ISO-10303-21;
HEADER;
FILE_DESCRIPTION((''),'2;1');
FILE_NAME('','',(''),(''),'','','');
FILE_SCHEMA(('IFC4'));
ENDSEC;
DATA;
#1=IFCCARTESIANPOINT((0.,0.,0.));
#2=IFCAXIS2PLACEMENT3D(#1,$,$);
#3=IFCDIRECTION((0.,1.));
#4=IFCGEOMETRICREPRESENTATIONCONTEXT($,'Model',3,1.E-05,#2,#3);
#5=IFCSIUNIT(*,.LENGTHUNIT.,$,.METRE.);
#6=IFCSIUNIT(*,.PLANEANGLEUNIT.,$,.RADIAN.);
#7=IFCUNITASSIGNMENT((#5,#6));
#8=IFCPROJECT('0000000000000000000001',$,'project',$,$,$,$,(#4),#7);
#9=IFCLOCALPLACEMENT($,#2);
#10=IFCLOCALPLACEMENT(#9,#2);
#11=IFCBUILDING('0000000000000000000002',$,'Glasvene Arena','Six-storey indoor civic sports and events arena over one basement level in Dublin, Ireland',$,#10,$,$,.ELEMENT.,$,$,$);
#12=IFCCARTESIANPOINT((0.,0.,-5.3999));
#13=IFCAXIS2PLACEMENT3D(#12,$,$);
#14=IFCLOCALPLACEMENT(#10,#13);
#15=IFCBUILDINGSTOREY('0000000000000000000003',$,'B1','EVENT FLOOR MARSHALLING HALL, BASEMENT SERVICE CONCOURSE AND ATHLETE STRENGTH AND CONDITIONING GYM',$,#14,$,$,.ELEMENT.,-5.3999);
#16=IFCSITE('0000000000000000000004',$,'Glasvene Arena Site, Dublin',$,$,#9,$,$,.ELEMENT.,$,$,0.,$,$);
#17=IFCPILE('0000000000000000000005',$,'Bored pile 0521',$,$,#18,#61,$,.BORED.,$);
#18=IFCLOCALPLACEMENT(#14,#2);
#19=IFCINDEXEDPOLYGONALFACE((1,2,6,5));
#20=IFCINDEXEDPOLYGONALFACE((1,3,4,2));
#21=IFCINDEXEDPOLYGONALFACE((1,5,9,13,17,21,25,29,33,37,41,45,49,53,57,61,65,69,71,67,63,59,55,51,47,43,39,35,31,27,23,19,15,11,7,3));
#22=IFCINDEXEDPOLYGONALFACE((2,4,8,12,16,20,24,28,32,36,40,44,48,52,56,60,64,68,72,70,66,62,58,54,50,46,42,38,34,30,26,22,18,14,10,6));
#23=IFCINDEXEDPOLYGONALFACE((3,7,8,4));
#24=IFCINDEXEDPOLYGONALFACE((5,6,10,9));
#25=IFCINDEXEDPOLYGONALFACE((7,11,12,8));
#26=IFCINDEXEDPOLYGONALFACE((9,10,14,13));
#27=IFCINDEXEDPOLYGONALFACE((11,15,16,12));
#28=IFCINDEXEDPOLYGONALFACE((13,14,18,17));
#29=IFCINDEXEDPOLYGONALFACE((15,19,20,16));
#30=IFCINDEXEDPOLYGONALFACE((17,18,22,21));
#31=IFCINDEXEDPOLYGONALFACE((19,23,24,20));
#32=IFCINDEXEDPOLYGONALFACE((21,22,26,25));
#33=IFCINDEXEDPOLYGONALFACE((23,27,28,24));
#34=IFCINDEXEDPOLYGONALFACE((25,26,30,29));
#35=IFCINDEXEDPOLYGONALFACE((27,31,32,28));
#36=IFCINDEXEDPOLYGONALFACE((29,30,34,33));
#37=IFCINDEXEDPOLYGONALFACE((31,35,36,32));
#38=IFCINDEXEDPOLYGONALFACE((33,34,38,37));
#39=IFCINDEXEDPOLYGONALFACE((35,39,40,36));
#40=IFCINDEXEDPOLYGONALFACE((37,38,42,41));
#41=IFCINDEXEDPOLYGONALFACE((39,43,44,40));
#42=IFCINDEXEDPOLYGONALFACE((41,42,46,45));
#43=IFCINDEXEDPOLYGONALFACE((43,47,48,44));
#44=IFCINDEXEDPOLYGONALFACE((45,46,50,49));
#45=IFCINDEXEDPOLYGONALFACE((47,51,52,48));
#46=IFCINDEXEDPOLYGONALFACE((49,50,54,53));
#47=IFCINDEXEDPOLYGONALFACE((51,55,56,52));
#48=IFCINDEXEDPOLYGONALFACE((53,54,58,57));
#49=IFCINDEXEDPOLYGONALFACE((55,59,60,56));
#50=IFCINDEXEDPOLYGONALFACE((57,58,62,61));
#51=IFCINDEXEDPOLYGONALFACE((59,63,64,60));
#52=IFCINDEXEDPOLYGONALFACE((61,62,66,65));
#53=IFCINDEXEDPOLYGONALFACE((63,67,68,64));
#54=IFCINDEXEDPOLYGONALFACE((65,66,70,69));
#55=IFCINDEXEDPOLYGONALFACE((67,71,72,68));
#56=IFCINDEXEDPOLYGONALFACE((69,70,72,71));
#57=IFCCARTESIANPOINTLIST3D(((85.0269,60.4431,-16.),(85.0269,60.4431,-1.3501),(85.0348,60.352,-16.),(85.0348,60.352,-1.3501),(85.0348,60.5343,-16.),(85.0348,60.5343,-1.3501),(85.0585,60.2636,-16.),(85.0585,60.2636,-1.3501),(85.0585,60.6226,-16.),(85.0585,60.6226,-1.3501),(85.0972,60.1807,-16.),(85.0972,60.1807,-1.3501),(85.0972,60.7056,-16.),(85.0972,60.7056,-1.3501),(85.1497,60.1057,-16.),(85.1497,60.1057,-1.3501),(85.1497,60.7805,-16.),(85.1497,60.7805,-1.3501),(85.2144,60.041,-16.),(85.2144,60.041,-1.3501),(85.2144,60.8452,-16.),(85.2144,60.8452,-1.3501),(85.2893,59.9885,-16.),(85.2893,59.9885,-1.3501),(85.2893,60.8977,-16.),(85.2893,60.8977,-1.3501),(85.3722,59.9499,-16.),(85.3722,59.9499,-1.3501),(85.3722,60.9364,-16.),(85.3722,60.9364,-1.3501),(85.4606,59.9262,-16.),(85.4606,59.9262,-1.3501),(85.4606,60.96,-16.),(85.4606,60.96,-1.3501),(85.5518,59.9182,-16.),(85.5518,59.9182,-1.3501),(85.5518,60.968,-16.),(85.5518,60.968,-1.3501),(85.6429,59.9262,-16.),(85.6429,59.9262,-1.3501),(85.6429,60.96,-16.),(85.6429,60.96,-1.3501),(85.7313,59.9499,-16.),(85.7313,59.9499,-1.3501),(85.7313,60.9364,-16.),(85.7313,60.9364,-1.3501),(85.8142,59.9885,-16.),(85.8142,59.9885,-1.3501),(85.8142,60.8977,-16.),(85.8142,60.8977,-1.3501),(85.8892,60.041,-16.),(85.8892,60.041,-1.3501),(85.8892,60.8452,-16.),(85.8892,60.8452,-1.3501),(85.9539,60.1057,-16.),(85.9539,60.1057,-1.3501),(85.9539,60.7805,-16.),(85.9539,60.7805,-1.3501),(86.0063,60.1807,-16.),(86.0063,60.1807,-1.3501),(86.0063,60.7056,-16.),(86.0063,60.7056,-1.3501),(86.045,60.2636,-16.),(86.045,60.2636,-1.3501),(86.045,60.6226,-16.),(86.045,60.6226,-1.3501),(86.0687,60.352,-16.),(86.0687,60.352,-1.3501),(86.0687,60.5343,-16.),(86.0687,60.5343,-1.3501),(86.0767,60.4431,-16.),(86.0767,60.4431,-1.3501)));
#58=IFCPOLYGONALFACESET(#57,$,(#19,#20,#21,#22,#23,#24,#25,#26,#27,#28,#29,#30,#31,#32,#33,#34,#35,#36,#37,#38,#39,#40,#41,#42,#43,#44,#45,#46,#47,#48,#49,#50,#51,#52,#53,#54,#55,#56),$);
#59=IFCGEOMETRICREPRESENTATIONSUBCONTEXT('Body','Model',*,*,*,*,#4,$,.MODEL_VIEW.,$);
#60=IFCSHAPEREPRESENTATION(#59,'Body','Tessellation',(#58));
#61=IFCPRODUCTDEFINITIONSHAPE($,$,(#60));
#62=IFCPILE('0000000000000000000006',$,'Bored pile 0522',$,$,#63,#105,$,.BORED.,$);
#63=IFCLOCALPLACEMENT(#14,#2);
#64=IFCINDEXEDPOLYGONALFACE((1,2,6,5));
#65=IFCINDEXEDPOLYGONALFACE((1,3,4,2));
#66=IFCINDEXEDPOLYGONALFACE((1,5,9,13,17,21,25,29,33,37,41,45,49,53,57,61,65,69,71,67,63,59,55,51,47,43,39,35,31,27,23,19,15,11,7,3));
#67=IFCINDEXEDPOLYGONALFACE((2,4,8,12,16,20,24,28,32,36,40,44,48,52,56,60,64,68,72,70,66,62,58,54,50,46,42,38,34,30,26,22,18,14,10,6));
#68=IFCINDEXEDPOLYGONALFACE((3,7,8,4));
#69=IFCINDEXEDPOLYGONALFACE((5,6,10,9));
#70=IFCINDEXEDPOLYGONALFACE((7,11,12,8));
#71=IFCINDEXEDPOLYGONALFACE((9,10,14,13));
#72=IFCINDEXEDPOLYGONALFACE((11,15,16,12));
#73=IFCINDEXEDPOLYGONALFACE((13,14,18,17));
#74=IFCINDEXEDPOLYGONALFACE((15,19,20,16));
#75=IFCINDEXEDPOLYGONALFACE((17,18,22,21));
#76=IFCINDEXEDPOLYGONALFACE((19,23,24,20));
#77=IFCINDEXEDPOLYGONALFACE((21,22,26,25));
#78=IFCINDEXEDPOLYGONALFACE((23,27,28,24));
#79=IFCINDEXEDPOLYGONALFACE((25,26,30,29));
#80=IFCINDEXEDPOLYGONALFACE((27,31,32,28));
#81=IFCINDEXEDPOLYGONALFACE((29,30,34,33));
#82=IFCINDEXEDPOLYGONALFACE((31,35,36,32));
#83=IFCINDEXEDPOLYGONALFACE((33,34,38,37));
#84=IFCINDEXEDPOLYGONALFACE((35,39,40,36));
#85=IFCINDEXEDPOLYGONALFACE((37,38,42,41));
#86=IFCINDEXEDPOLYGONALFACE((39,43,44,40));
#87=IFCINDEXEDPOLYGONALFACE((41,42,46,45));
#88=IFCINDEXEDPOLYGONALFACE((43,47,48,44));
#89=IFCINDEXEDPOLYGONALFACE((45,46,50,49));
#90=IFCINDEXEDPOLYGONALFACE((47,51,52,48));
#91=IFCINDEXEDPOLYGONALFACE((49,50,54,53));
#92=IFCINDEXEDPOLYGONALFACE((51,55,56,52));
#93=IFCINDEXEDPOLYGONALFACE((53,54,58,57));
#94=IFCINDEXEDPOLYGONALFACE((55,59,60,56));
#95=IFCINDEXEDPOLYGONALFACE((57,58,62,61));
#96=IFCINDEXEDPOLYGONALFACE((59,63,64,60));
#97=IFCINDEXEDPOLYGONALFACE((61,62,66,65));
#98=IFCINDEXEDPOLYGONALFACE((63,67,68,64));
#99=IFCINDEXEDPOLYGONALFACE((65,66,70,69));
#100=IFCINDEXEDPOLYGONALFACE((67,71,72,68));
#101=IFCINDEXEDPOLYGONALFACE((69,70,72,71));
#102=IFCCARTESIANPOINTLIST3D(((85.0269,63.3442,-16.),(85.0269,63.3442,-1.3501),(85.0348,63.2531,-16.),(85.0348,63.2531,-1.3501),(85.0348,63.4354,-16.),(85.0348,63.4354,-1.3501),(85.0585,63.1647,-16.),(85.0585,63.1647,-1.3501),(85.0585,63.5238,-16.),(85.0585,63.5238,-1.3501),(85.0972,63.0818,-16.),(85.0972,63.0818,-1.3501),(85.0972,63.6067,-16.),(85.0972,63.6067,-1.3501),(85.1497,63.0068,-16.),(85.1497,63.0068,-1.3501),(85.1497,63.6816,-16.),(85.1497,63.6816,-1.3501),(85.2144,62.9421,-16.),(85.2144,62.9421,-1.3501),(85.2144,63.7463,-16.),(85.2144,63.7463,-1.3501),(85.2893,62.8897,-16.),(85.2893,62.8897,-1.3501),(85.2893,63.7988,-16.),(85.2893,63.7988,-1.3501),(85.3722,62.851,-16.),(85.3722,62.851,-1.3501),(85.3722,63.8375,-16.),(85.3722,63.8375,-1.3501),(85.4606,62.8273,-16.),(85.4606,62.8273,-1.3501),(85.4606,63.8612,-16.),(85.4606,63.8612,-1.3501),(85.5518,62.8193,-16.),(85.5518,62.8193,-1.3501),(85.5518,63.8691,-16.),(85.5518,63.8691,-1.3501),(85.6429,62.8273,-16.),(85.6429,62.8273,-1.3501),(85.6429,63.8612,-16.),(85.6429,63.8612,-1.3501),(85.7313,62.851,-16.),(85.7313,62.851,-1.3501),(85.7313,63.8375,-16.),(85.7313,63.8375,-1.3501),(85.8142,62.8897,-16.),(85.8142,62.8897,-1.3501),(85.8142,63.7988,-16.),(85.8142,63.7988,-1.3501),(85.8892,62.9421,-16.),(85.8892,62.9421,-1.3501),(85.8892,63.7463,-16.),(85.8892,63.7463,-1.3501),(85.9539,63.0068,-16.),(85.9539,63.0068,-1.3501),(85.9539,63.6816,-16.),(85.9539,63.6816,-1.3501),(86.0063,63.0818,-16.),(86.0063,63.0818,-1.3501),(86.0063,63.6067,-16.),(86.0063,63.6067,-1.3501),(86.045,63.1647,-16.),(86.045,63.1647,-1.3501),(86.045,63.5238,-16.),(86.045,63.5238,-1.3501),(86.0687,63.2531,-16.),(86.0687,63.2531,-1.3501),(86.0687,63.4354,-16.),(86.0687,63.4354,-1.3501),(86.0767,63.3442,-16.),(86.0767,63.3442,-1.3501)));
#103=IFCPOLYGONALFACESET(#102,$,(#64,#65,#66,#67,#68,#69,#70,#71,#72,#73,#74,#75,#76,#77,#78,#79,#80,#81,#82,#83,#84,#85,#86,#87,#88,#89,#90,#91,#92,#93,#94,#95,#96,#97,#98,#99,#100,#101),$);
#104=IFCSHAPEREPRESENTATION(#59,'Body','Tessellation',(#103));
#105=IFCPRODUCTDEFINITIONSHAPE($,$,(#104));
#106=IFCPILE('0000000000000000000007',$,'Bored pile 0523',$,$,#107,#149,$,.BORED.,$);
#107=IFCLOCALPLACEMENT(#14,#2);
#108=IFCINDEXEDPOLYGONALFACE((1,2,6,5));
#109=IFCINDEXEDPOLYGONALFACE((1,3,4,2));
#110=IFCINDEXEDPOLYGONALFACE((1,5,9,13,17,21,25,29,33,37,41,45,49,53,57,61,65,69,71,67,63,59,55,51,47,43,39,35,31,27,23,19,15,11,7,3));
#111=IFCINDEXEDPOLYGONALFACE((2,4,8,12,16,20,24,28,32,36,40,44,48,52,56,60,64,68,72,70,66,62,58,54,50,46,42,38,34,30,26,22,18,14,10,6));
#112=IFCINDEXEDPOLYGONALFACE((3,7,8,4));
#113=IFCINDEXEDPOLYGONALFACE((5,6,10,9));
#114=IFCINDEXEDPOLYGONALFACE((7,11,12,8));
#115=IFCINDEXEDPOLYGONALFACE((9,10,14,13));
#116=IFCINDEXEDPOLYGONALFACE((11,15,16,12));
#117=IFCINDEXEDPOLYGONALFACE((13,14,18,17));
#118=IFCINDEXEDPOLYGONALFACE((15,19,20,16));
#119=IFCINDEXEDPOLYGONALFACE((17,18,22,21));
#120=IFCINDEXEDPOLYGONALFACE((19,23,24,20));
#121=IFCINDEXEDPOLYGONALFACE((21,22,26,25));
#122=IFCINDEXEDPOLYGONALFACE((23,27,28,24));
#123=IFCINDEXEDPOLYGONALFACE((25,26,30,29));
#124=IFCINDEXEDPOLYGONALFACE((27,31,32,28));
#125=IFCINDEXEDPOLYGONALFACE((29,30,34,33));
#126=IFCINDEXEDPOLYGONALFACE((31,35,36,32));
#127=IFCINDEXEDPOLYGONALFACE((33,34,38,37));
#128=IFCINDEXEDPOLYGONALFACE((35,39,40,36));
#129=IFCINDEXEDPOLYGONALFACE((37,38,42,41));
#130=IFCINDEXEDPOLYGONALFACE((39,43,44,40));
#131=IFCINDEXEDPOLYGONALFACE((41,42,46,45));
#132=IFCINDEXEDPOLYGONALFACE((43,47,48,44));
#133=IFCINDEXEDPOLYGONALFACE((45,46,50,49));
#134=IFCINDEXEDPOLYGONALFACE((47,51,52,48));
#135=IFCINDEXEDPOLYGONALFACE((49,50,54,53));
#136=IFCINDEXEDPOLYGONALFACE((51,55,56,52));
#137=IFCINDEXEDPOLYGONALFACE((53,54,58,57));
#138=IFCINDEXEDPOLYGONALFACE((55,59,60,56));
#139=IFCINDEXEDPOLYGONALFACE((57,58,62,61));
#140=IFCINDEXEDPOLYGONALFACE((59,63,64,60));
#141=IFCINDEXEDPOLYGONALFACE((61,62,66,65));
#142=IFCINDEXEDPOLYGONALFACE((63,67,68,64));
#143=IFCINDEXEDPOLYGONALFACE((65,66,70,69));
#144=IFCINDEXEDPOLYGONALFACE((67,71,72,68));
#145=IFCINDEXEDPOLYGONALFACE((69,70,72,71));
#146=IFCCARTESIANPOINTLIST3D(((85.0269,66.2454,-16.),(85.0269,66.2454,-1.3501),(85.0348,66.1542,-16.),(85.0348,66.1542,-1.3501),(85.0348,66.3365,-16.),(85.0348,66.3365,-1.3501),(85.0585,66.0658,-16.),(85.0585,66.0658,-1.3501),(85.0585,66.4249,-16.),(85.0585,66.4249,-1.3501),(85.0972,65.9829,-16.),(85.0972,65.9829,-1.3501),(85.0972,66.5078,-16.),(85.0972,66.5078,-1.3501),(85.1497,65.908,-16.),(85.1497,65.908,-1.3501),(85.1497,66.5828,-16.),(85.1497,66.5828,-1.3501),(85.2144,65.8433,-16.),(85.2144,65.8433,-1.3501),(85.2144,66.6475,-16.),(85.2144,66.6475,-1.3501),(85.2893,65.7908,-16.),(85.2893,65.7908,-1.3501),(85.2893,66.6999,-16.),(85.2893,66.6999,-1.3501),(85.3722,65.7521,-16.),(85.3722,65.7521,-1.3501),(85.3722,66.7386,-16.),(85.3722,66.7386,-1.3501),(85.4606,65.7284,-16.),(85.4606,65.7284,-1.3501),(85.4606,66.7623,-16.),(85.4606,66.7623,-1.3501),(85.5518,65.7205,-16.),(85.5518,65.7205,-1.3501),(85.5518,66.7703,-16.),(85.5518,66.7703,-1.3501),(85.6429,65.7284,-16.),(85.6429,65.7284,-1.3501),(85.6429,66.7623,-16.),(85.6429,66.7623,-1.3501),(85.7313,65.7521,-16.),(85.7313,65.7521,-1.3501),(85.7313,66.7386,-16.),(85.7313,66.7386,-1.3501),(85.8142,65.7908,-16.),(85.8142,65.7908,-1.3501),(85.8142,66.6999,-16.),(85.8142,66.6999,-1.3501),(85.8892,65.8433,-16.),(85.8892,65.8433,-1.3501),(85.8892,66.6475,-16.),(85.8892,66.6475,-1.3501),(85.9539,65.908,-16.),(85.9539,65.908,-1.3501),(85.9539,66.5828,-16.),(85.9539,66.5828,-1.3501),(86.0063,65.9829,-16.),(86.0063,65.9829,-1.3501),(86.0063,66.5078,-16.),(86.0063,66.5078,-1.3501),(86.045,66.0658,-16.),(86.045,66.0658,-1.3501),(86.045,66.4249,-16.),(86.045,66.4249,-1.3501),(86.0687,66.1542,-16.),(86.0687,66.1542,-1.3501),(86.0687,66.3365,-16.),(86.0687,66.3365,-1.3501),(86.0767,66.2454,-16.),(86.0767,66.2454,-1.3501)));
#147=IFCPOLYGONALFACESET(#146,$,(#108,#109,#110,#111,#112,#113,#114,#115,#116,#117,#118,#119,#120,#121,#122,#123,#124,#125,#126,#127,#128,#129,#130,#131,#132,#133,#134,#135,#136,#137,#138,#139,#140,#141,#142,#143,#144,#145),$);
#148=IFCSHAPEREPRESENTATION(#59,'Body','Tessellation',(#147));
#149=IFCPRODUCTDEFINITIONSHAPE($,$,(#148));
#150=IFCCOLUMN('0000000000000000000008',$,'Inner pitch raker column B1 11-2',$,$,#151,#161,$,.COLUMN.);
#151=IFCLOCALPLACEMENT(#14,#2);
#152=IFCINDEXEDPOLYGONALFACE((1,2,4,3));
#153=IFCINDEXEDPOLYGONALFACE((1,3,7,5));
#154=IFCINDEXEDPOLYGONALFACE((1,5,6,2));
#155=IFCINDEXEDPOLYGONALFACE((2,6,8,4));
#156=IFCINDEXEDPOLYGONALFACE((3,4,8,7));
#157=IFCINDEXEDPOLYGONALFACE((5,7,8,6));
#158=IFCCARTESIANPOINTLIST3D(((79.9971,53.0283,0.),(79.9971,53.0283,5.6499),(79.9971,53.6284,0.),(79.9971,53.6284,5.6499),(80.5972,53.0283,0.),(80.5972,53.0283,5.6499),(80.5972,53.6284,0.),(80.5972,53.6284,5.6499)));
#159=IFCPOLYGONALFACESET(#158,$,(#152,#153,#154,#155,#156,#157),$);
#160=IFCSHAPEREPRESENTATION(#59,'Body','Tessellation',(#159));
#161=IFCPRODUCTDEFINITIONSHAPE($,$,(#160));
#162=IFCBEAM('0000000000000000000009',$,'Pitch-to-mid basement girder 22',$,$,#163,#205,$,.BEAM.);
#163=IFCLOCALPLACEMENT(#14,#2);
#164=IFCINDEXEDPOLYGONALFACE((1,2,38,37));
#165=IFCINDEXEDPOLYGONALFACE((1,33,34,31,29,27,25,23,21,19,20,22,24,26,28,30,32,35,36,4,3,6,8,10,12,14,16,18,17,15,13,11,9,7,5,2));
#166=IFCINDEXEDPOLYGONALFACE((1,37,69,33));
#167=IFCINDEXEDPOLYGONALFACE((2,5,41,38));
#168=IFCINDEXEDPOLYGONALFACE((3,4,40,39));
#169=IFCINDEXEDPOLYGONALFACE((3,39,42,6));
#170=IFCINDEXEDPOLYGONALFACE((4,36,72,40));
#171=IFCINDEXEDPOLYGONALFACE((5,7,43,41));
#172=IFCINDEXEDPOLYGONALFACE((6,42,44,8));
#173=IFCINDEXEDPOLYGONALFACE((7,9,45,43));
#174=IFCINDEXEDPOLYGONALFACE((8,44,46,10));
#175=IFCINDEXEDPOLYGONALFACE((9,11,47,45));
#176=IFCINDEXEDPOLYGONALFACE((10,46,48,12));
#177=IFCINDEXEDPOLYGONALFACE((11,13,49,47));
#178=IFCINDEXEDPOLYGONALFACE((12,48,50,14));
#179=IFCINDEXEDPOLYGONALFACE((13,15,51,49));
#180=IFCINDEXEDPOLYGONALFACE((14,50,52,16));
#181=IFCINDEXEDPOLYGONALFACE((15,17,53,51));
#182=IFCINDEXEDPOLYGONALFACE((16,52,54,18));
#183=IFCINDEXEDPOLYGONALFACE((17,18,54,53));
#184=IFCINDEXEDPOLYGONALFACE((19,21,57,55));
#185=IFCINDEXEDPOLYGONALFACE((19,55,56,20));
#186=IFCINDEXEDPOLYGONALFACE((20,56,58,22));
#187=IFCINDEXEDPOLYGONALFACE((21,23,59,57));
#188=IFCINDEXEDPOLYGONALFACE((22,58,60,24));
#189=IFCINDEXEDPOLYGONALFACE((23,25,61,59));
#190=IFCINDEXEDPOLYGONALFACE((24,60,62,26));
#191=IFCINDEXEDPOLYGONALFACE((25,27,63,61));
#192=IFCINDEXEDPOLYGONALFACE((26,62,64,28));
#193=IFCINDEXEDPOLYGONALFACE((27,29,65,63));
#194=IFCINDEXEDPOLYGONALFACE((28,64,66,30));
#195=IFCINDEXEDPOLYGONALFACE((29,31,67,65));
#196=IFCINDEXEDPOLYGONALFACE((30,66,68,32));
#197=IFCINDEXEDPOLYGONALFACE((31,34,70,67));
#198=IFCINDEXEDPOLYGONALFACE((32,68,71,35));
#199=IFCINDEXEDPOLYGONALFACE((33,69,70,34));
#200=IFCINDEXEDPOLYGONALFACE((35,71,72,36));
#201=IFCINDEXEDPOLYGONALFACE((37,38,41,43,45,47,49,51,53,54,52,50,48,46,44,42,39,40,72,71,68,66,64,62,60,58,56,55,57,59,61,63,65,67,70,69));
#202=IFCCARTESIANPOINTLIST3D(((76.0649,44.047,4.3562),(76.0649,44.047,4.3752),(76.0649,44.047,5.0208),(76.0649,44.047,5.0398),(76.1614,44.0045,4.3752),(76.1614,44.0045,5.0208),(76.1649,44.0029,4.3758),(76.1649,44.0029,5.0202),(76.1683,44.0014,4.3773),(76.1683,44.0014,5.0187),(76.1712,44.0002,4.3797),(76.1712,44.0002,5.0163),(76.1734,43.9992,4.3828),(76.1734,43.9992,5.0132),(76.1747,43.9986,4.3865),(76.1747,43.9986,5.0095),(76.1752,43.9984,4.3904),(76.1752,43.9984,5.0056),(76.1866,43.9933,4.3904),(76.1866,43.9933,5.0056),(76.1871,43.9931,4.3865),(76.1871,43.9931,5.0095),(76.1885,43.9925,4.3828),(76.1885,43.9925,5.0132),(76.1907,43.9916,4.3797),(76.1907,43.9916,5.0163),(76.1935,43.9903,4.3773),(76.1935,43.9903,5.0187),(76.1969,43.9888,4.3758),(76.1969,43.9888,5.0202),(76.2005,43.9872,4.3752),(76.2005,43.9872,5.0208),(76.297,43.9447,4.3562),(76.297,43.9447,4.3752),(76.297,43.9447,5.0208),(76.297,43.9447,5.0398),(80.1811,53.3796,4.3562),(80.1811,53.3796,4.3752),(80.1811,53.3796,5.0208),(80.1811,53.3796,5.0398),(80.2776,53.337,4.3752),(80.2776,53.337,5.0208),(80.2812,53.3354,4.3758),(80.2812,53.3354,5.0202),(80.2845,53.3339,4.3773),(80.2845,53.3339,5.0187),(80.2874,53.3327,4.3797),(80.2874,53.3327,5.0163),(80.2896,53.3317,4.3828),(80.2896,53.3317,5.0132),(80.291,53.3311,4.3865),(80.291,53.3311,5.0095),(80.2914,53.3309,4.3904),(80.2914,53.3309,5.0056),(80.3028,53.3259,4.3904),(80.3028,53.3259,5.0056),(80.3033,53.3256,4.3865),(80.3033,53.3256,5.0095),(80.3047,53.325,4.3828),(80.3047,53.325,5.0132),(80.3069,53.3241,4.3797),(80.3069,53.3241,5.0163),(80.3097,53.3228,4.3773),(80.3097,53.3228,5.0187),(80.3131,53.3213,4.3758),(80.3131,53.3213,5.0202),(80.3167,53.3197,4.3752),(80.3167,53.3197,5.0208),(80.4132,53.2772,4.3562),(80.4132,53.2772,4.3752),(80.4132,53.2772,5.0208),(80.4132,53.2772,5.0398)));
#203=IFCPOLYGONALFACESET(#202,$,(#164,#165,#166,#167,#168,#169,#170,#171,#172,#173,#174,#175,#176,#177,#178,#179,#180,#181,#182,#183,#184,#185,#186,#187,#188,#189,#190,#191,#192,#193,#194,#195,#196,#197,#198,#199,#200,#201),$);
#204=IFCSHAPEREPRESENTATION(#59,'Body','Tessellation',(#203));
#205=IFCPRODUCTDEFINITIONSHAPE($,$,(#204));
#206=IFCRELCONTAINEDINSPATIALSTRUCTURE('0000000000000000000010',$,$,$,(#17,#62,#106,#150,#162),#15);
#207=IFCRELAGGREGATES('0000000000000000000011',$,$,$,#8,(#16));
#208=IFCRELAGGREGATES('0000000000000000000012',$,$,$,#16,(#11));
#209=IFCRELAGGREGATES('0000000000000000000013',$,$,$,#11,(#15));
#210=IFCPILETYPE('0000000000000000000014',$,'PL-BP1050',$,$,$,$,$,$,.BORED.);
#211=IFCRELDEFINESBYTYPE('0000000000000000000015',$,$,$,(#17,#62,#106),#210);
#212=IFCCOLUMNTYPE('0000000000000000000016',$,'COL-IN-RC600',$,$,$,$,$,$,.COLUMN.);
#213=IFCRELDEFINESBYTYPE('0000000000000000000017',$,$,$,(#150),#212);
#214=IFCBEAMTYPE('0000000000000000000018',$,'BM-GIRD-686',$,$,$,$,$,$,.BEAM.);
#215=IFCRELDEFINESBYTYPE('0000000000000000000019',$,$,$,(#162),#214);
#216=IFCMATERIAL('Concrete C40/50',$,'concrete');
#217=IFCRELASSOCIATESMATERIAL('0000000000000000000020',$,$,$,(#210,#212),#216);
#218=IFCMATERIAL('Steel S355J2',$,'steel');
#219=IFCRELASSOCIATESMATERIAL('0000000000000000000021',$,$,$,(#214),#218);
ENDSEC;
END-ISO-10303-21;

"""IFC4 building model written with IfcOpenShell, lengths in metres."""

from ifc_helpers import new_model, si_unit, direction, frame, origin, origin_2d, place, context, subcontext, project, spatial, rectangle, circle, i_section, extrude, material, material_profile, profile_set, type_object, element, save


model = new_model("IFC4")

# Units and contexts
model_context = context("Model", 3, precision=1e-05, world=origin(), true_north=direction((0.0, 1.0)))
body_context = subcontext(model_context, "Body", "Model", "MODEL_VIEW")
ifc_project = project(units=[si_unit("LENGTHUNIT", "METRE"), si_unit("PLANEANGLEUNIT", "RADIAN")], contexts=[model_context])

# Site, building, storey
site_placement = place(None, origin())
site = spatial("IfcSite", under=ifc_project, at=site_placement, Name="Glasvene Arena Site, Dublin", CompositionType="ELEMENT", RefElevation=0.0)
building_placement = place(site_placement, origin())
building = spatial("IfcBuilding", under=site, at=building_placement, Name="Glasvene Arena", Description="Six-storey indoor civic sports and events arena over one basement level in Dublin, Ireland", CompositionType="ELEMENT")
storey_placement = place(building_placement, frame((0.0, 0.0, -5.3999)))
storey = spatial("IfcBuildingStorey", under=building, at=storey_placement, Name="B1", Description="EVENT FLOOR MARSHALLING HALL, BASEMENT SERVICE CONCOURSE AND ATHLETE STRENGTH AND CONDITIONING GYM", CompositionType="ELEMENT", Elevation=-5.3999)

# Piles
ifc_material_1 = material(Name="Concrete C40/50", Category="concrete")
ifc_material_profile_1 = material_profile(ifc_material_1, circle(Radius=0.5249, at=origin_2d()), Name="BORED PILE 1050")
ifc_profile_set_1 = profile_set([ifc_material_profile_1], Name="Concrete C40/50")
pile_type = type_object("IfcPileType", Name="PL-BP1050", PredefinedType="BORED", material=ifc_profile_set_1)
for number, where, z_axis, x_axis, name in (
    (1, (85.5518, 60.4431, -1.3501), (0.0, 0.0, -1.0), (1.0, 0.0, 0.0), "Bored pile 0521"),
    (2, (85.5518, 63.3442, -1.3501), (0.0, 0.0, -1.0), (1.0, 0.0, 0.0), "Bored pile 0522"),
    (3, (85.5518, 66.2454, -1.3501), (0.0, 0.0, -1.0), (1.0, 0.0, 0.0), "Bored pile 0523"),
):
    element("IfcPile", number, at=place(storey_placement, frame(where, z_axis=z_axis, x_axis=x_axis)), inside=storey, type_object=pile_type, Name=name, PredefinedType="BORED", context=body_context, shape_type="SweptSolid", body=[
        extrude(circle(Radius=0.5249, at=origin_2d()), origin(), (0.0, 0.0, 1.0), 14.6499),
    ])

# Column
ifc_material_profile_2 = material_profile(ifc_material_1, rectangle(XDim=0.6001, YDim=0.6001, at=origin_2d()), Name="RC 600x600")
ifc_profile_set_2 = profile_set([ifc_material_profile_2], Name="Concrete C40/50")
column_type = type_object("IfcColumnType", Name="COL-IN-RC600", PredefinedType="COLUMN", material=ifc_profile_set_2)
column_placement = place(storey_placement, frame((80.2971, 53.3284, 0.0), z_axis=(0.0, 0.0, 1.0), x_axis=(1.0, 0.0, 0.0)))
element("IfcColumn", 4, at=column_placement, inside=storey, type_object=column_type, Name="Inner pitch raker column B1 11-2", PredefinedType="COLUMN", context=body_context, shape_type="SweptSolid", body=[
    extrude(rectangle(XDim=0.6001, YDim=0.6001, at=origin_2d()), origin(), (0.0, 0.0, 1.0), 5.6499),
])

# Beam
ifc_material_2 = material(Name="Steel S355J2", Category="steel")
ifc_material_profile_3 = material_profile(ifc_material_2, i_section(OverallWidth=0.2537, OverallDepth=0.6836, WebThickness=0.0125, FlangeThickness=0.019, FilletRadius=0.0151, at=origin_2d()), Name="UKB 686x254x140")
ifc_profile_set_3 = profile_set([ifc_material_profile_3], Name="Steel S355J2")
beam_type = type_object("IfcBeamType", Name="BM-GIRD-686", PredefinedType="BEAM", material=ifc_profile_set_3)
beam_placement = place(storey_placement, frame((80.2971, 53.3284, 4.698), z_axis=(-0.403552, -0.914957, 0.0), x_axis=(0.914957, -0.403552, 0.0)))
element("IfcBeam", 5, at=beam_placement, inside=storey, type_object=beam_type, Name="Pitch-to-mid basement girder 22", PredefinedType="BEAM", context=body_context, shape_type="SweptSolid", body=[
    extrude(i_section(OverallWidth=0.2537, OverallDepth=0.6836, WebThickness=0.0125, FlangeThickness=0.019, FilletRadius=0.0151, at=origin_2d()), origin(), (0.0, 0.0, 1.0), 10.2),
])

save(model, "model.ifc")
